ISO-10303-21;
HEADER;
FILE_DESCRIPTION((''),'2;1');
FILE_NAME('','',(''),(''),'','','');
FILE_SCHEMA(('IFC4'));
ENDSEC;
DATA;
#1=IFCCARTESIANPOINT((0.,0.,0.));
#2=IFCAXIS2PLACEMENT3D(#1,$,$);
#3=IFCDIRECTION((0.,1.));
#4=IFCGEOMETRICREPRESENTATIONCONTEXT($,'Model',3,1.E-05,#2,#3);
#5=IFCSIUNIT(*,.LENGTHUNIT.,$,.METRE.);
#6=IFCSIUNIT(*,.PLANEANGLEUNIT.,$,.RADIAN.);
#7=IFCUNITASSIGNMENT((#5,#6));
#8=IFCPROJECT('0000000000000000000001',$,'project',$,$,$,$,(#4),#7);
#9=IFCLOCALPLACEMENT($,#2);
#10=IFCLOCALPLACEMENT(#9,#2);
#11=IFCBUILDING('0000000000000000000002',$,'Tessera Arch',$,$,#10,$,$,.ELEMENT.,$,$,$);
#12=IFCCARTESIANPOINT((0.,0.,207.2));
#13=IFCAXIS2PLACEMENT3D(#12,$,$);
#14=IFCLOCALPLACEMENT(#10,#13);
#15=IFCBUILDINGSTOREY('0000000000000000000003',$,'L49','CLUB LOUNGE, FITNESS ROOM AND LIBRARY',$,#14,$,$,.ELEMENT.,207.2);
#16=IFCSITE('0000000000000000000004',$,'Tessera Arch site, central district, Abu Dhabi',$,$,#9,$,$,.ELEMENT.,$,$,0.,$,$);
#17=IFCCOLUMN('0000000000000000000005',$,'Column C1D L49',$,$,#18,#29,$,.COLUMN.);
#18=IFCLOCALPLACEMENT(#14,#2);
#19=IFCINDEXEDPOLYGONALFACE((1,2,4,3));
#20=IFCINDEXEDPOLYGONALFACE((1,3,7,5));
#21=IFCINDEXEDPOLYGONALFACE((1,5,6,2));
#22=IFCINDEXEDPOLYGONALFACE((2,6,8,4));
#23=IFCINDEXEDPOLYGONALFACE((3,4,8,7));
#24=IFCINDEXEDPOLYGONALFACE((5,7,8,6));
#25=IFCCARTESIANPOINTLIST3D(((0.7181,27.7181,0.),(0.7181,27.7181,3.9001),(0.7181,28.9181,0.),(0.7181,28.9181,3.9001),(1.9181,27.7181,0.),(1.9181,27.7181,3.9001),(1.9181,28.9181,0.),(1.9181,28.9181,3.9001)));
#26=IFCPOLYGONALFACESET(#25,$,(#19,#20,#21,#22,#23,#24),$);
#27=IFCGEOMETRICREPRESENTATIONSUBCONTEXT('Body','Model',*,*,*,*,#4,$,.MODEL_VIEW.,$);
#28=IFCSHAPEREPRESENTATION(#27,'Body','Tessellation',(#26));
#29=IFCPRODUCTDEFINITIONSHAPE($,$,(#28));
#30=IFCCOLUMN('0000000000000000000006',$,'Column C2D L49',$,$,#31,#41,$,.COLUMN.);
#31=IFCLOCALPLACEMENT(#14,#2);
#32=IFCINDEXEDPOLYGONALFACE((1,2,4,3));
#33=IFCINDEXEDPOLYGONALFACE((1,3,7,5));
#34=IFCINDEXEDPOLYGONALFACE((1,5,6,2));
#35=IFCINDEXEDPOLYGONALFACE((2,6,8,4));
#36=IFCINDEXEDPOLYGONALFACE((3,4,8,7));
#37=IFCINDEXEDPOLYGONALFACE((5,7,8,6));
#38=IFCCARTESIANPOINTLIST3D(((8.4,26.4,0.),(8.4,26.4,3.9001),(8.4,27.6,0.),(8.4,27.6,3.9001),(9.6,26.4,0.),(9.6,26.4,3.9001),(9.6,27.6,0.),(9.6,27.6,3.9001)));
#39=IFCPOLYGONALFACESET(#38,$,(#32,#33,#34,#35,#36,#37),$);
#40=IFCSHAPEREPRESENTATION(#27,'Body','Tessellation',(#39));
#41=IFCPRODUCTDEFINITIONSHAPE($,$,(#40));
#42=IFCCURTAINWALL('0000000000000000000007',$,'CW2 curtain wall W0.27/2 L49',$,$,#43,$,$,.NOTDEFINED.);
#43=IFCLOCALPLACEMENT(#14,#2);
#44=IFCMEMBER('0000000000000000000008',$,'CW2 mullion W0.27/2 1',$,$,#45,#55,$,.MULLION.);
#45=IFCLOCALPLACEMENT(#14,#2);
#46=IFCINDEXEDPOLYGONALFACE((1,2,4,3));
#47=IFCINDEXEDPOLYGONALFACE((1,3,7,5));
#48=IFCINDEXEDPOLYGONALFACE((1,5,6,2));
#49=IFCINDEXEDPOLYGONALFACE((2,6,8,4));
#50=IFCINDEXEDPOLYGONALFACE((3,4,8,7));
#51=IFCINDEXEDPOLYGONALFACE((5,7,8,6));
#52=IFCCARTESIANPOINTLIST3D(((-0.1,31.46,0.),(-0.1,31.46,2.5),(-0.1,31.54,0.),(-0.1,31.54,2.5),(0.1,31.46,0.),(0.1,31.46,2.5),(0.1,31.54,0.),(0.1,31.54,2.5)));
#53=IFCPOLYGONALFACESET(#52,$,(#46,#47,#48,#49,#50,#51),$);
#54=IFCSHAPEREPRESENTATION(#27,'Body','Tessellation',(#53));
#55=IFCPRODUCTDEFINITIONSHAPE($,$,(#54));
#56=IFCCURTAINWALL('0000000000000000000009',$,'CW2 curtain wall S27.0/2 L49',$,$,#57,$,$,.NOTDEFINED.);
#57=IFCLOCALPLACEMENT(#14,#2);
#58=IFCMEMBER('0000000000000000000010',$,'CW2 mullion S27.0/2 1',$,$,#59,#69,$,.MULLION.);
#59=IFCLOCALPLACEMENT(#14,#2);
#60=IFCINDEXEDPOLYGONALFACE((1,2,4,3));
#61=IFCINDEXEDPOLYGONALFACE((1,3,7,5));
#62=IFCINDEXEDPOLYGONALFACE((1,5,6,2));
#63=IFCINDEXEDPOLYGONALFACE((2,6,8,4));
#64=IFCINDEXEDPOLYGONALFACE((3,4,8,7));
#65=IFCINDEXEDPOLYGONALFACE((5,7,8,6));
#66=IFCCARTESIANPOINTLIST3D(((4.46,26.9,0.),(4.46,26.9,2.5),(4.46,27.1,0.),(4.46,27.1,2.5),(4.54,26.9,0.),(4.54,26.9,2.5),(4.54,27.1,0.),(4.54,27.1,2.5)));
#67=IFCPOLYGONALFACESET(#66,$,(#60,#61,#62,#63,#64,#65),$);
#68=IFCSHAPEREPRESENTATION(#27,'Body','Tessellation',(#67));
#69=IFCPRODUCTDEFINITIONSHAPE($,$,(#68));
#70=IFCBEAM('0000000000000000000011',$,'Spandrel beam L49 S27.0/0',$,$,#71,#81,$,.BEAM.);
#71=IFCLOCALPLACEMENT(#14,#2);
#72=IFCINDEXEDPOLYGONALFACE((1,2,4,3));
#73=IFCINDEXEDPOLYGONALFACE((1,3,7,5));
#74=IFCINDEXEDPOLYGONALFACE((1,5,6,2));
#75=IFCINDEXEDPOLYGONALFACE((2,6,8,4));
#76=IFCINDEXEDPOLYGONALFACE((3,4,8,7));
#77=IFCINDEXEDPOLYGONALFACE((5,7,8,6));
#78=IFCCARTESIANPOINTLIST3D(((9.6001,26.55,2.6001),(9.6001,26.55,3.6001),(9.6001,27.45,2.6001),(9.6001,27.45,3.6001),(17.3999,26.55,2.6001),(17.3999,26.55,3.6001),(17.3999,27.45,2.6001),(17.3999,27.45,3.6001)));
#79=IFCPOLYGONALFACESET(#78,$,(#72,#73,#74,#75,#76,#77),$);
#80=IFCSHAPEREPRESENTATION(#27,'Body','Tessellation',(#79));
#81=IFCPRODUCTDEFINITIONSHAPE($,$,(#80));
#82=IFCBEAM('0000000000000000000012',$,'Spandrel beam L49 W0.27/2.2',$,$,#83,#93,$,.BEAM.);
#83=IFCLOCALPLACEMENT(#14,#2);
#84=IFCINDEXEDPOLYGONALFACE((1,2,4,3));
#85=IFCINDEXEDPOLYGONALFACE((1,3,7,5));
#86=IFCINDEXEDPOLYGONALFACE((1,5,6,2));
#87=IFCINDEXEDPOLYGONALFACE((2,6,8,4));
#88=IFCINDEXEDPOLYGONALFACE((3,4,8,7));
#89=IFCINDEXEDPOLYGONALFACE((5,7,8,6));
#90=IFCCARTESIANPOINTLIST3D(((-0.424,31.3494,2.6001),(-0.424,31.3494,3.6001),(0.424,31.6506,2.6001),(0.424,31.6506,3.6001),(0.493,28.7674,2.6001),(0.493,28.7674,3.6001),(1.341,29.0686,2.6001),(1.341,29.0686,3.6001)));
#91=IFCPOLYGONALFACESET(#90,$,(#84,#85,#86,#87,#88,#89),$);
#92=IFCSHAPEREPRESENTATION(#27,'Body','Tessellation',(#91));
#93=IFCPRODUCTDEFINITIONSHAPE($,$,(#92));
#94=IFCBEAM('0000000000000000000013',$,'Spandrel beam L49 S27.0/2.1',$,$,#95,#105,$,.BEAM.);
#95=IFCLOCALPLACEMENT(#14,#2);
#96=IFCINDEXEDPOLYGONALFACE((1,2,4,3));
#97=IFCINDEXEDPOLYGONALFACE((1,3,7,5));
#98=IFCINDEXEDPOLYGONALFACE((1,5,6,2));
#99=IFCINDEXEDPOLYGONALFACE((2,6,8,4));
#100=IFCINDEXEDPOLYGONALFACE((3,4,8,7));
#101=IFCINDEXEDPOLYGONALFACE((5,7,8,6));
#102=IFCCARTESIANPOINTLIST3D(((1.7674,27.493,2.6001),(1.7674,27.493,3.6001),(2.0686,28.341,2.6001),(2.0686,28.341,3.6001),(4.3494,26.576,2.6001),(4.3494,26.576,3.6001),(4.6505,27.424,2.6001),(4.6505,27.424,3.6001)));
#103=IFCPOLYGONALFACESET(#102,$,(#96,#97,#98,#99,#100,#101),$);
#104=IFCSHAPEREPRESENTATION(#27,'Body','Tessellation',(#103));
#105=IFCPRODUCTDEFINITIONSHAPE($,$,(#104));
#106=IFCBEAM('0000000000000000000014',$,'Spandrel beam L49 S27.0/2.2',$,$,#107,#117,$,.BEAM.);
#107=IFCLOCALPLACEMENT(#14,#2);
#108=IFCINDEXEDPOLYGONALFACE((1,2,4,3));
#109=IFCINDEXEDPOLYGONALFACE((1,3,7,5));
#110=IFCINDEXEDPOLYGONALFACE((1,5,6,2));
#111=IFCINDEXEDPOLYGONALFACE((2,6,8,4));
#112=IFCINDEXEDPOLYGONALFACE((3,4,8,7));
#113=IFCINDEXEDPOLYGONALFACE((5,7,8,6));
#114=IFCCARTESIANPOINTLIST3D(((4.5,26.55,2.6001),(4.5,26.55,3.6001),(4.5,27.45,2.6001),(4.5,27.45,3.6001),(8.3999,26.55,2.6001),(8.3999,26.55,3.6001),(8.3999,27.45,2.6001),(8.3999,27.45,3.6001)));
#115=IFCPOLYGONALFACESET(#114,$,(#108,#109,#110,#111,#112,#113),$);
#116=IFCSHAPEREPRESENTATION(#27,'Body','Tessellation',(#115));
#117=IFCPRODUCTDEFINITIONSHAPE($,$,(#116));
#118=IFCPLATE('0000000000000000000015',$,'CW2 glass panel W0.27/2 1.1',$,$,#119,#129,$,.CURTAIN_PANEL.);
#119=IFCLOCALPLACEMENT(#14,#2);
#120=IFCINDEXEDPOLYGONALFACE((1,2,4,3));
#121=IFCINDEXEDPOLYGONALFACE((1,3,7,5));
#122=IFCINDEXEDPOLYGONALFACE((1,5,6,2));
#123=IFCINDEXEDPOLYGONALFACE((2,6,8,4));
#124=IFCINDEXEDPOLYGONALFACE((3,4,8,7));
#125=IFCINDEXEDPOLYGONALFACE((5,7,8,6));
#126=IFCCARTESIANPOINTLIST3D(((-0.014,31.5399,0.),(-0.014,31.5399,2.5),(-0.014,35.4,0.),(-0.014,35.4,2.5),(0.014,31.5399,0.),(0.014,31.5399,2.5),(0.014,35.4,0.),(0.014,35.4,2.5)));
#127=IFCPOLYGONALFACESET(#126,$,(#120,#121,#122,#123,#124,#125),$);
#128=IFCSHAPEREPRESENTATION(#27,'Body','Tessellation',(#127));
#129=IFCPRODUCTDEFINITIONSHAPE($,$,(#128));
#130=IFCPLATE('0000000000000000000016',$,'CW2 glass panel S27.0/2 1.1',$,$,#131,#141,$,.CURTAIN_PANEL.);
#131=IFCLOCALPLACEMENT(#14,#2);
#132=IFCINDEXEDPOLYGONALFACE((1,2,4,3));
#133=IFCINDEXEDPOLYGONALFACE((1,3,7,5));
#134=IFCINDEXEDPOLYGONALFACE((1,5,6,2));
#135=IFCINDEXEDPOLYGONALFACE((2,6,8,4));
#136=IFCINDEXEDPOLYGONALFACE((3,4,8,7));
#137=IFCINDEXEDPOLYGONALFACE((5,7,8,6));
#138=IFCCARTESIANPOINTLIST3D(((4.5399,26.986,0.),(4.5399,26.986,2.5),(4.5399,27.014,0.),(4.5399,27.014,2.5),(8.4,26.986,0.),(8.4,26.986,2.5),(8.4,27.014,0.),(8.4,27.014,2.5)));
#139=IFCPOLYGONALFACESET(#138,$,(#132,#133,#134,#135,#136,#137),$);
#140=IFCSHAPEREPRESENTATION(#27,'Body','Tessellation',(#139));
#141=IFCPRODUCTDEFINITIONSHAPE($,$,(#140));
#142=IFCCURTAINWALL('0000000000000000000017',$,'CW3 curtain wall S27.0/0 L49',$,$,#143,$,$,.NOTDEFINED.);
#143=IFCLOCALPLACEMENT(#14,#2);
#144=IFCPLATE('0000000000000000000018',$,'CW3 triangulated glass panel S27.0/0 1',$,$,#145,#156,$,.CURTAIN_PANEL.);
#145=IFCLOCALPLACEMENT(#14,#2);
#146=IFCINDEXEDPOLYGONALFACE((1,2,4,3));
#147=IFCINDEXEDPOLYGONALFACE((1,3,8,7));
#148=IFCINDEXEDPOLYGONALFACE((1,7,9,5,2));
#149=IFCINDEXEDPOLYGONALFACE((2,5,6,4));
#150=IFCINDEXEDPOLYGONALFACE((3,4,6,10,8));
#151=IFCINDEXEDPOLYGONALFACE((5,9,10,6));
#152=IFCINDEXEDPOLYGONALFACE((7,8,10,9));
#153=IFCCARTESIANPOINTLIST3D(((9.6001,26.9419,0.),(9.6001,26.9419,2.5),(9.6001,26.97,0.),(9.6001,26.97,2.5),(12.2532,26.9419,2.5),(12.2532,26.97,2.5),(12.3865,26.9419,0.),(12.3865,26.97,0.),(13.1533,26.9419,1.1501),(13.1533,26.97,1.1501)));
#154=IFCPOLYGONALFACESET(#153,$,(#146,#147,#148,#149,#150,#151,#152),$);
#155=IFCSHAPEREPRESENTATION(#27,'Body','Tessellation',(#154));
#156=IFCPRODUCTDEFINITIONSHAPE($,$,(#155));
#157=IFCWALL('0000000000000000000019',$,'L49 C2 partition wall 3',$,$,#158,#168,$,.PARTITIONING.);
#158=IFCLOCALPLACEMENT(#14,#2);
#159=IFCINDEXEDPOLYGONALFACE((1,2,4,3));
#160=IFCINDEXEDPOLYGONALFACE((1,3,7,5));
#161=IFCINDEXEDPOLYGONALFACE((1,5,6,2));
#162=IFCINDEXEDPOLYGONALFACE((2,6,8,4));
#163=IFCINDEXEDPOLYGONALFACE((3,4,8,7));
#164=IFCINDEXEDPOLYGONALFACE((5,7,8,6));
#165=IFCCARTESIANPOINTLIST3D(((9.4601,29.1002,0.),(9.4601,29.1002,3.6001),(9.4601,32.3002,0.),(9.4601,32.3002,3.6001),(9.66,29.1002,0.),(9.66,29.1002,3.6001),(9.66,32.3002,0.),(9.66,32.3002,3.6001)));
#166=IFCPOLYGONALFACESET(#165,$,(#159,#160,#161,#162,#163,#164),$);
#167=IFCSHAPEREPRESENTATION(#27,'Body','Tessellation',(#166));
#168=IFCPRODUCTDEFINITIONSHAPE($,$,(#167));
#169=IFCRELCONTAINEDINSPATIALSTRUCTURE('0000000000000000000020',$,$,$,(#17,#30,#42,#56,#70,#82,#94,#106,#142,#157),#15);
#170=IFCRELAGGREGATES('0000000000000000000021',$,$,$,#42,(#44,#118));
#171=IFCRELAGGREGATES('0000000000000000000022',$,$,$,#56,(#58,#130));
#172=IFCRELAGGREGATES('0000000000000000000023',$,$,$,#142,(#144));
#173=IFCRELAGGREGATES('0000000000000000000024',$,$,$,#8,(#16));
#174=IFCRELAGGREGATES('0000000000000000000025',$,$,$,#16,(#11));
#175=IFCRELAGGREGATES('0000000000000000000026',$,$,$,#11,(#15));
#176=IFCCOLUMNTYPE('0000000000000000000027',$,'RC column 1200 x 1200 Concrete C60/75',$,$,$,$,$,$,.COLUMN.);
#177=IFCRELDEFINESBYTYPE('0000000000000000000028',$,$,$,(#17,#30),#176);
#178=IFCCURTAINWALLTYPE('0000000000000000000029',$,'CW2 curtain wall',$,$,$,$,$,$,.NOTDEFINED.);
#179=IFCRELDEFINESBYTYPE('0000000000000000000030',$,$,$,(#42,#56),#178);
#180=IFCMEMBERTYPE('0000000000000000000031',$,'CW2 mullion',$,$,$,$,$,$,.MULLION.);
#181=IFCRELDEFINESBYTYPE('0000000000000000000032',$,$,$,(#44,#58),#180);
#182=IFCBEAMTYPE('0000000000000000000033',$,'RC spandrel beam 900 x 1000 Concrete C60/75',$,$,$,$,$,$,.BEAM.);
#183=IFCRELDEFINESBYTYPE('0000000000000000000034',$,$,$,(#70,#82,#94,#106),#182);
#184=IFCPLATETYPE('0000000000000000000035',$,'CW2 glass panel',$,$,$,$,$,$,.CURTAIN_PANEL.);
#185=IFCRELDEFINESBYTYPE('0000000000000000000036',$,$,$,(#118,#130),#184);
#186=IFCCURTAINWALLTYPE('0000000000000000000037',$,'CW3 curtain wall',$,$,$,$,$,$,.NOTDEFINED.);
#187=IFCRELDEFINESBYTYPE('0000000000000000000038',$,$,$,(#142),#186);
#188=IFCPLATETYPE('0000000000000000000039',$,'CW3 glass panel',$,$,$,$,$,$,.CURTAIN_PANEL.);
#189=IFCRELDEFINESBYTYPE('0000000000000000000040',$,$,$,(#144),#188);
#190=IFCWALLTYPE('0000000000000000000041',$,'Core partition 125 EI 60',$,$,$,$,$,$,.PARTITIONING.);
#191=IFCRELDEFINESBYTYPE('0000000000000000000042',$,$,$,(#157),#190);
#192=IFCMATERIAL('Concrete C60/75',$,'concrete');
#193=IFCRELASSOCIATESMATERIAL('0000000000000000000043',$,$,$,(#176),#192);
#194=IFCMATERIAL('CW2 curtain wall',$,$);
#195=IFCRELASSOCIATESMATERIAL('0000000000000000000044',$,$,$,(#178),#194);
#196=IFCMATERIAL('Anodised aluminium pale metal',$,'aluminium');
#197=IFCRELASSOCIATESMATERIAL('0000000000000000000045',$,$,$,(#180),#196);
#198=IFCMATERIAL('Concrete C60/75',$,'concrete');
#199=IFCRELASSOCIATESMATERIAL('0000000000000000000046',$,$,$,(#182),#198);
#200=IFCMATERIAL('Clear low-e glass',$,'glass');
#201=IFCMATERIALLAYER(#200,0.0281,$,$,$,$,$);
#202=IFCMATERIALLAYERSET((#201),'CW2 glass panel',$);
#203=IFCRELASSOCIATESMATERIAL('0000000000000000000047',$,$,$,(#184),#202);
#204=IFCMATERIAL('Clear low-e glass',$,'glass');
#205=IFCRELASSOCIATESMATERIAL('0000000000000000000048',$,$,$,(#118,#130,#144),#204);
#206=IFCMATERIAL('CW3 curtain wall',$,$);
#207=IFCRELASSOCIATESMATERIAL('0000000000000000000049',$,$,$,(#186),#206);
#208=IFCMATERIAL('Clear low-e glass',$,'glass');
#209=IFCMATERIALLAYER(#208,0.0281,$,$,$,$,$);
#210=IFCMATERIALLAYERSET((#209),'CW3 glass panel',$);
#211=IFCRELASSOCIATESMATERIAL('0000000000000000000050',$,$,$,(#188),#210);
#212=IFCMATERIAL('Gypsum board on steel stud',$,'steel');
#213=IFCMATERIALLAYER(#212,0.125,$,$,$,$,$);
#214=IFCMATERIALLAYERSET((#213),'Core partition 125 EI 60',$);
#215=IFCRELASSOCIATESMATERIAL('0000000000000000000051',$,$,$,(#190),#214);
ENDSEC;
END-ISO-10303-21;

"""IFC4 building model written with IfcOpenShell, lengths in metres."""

from ifc_helpers import new_model, si_unit, direction, frame, frame_2d, origin, origin_2d, place, context, subcontext, project, spatial, polyline, rectangle, outline, extrude, material, layer, layer_set, material_profile, profile_set, type_object, element, aggregate, save


model = new_model("IFC4")

# Units and contexts
model_context = context("Model", 3, precision=1e-05, world=origin(), true_north=direction((0.0, 1.0)))
body_context = subcontext(model_context, "Body", "Model", "MODEL_VIEW")
ifc_project = project(units=[si_unit("LENGTHUNIT", "METRE"), si_unit("PLANEANGLEUNIT", "RADIAN")], contexts=[model_context])

# Site, building, storey
site_placement = place(None, origin())
site = spatial("IfcSite", under=ifc_project, at=site_placement, Name="Tessera Arch site, central district, Abu Dhabi", CompositionType="ELEMENT", RefElevation=0.0)
building_placement = place(site_placement, origin())
building = spatial("IfcBuilding", under=site, at=building_placement, Name="Tessera Arch", CompositionType="ELEMENT")
storey_placement = place(building_placement, frame((0.0, 0.0, 207.2)))
storey = spatial("IfcBuildingStorey", under=building, at=storey_placement, Name="L49", Description="CLUB LOUNGE, FITNESS ROOM AND LIBRARY", CompositionType="ELEMENT", Elevation=207.2)

# Columns
ifc_material_1 = material(Name="Concrete C60/75", Category="concrete")
ifc_material_profile_1 = material_profile(ifc_material_1, rectangle(XDim=1.2, YDim=1.2, at=origin_2d()), Name="RC column 1200 x 1200 Concrete C60/75")
ifc_profile_set_1 = profile_set([ifc_material_profile_1], Name="Concrete C60/75")
column_type = type_object("IfcColumnType", Name="RC column 1200 x 1200 Concrete C60/75", PredefinedType="COLUMN", material=ifc_profile_set_1)
for number, where, z_axis, x_axis, name in (
    (1, (1.3181, 28.3181, 0.0), (0.0, 0.0, 1.0), (1.0, 0.0, 0.0), "Column C1D L49"),
    (2, (9.0, 27.0, 0.0), (0.0, 0.0, 1.0), (1.0, 0.0, 0.0), "Column C2D L49"),
):
    element("IfcColumn", number, at=place(storey_placement, frame(where, z_axis=z_axis, x_axis=x_axis)), inside=storey, type_object=column_type, Name=name, PredefinedType="COLUMN", context=body_context, shape_type="SweptSolid", body=[
        extrude(rectangle(XDim=1.2, YDim=1.2, at=origin_2d()), origin(), (0.0, 0.0, 1.0), 3.9001),
    ])

# Curtain walls, members
ifc_material_2 = material(Name="CW2 curtain wall")
curtain_wall_type_1 = type_object("IfcCurtainWallType", Name="CW2 curtain wall", PredefinedType="NOTDEFINED", material=ifc_material_2)
curtain_wall_1_placement = place(storey_placement, origin())
curtain_wall_1 = element("IfcCurtainWall", 3, at=curtain_wall_1_placement, inside=storey, type_object=curtain_wall_type_1, Name="CW2 curtain wall W0.27/2 L49", PredefinedType="NOTDEFINED")
ifc_material_3 = material(Name="Anodised aluminium pale metal", Category="aluminium")
ifc_material_profile_2 = material_profile(ifc_material_3, rectangle(XDim=0.2, YDim=0.0801, at=origin_2d()), Name="AL 80x200")
ifc_profile_set_2 = profile_set([ifc_material_profile_2], Name="Anodised aluminium pale metal")
member_type = type_object("IfcMemberType", Name="CW2 mullion", PredefinedType="MULLION", material=ifc_profile_set_2)
member_1_placement = place(storey_placement, frame((0.0, 31.5, 0.0), z_axis=(0.0, 0.0, 1.0), x_axis=(1.0, 0.0, 0.0)))
member_1 = element("IfcMember", 4, at=member_1_placement, type_object=member_type, Name="CW2 mullion W0.27/2 1", PredefinedType="MULLION", context=body_context, shape_type="SweptSolid", body=[
    extrude(rectangle(XDim=0.2, YDim=0.0801, at=origin_2d()), origin(), (0.0, 0.0, 1.0), 2.5),
])
curtain_wall_2_placement = place(storey_placement, origin())
curtain_wall_2 = element("IfcCurtainWall", 5, at=curtain_wall_2_placement, inside=storey, type_object=curtain_wall_type_1, Name="CW2 curtain wall S27.0/2 L49", PredefinedType="NOTDEFINED")
member_2_placement = place(storey_placement, frame((4.5, 27.0, 0.0), z_axis=(0.0, 0.0, 1.0), x_axis=(0.0, 1.0, 0.0)))
member_2 = element("IfcMember", 6, at=member_2_placement, type_object=member_type, Name="CW2 mullion S27.0/2 1", PredefinedType="MULLION", context=body_context, shape_type="SweptSolid", body=[
    extrude(rectangle(XDim=0.2, YDim=0.0801, at=origin_2d()), origin(), (0.0, 0.0, 1.0), 2.5),
])

# Beams
ifc_material_4 = material(Name="Concrete C60/75", Category="concrete")
ifc_material_profile_3 = material_profile(ifc_material_4, rectangle(XDim=0.8999, YDim=1.0, at=origin_2d()), Name="RC spandrel beam 900 x 1000 Concrete C60/75")
ifc_profile_set_3 = profile_set([ifc_material_profile_3], Name="Concrete C60/75")
beam_type = type_object("IfcBeamType", Name="RC spandrel beam 900 x 1000 Concrete C60/75", PredefinedType="BEAM", material=ifc_profile_set_3)
beam_1_placement = place(storey_placement, frame((9.6001, 27.0, 3.1001), z_axis=(1.0, 0.0, 0.0), x_axis=(0.0, 1.0, 0.0)))
element("IfcBeam", 7, at=beam_1_placement, inside=storey, type_object=beam_type, Name="Spandrel beam L49 S27.0/0", PredefinedType="BEAM", context=body_context, shape_type="SweptSolid", body=[
    extrude(rectangle(XDim=0.8999, YDim=1.0, at=origin_2d()), origin(), (0.0, 0.0, 1.0), 7.7998),
])
for number, where, z_axis, x_axis, name in (
    (8, (0.0, 31.5, 3.1001), (0.334665, -0.942337, 0.0), (0.942337, 0.334665, 0.0), "Spandrel beam L49 W0.27/2.2"),
    (9, (1.918, 27.917, 3.1001), (0.942337, -0.334665, 0.0), (0.334665, 0.942337, 0.0), "Spandrel beam L49 S27.0/2.1"),
):
    element("IfcBeam", number, at=place(storey_placement, frame(where, z_axis=z_axis, x_axis=x_axis)), inside=storey, type_object=beam_type, Name=name, PredefinedType="BEAM", context=body_context, shape_type="SweptSolid", body=[
        extrude(rectangle(XDim=0.8999, YDim=1.0, at=origin_2d()), origin(), (0.0, 0.0, 1.0), 2.74),
    ])
beam_2_placement = place(storey_placement, frame((4.5, 27.0, 3.1001), z_axis=(1.0, 0.0, 0.0), x_axis=(0.0, 1.0, 0.0)))
element("IfcBeam", 10, at=beam_2_placement, inside=storey, type_object=beam_type, Name="Spandrel beam L49 S27.0/2.2", PredefinedType="BEAM", context=body_context, shape_type="SweptSolid", body=[
    extrude(rectangle(XDim=0.8999, YDim=1.0, at=origin_2d()), origin(), (0.0, 0.0, 1.0), 3.8999),
])

# Plates
ifc_material_5 = material(Name="Clear low-e glass", Category="glass")
ifc_material_6 = material(Name="Clear low-e glass", Category="glass")
ifc_layer_1 = layer(ifc_material_6, 0.0281)
ifc_layer_set_1 = layer_set([ifc_layer_1], Name="CW2 glass panel")
plate_type_1 = type_object("IfcPlateType", Name="CW2 glass panel", PredefinedType="CURTAIN_PANEL", material=ifc_layer_set_1)
plate_1_placement = place(storey_placement, frame((0.0, 33.47, 0.0), z_axis=(0.0, 0.0, 1.0), x_axis=(0.0, -1.0, 0.0)))
plate_1 = element("IfcPlate", 11, at=plate_1_placement, type_object=plate_type_1, material=ifc_material_5, Name="CW2 glass panel W0.27/2 1.1", PredefinedType="CURTAIN_PANEL", context=body_context, shape_type="SweptSolid", body=[
    extrude(rectangle(XDim=3.8601, YDim=0.0281, at=origin_2d()), origin(), (0.0, 0.0, 1.0), 2.5),
])
aggregate(curtain_wall_1, [member_1, plate_1])
plate_2_placement = place(storey_placement, frame((6.47, 27.0, 0.0), z_axis=(0.0, 0.0, 1.0), x_axis=(1.0, 0.0, 0.0)))
plate_2 = element("IfcPlate", 12, at=plate_2_placement, type_object=plate_type_1, material=ifc_material_5, Name="CW2 glass panel S27.0/2 1.1", PredefinedType="CURTAIN_PANEL", context=body_context, shape_type="SweptSolid", body=[
    extrude(rectangle(XDim=3.8601, YDim=0.0281, at=origin_2d()), origin(), (0.0, 0.0, 1.0), 2.5),
])
aggregate(curtain_wall_2, [member_2, plate_2])

# Curtain wall, plate
ifc_material_7 = material(Name="CW3 curtain wall")
curtain_wall_type_2 = type_object("IfcCurtainWallType", Name="CW3 curtain wall", PredefinedType="NOTDEFINED", material=ifc_material_7)
curtain_wall_3_placement = place(storey_placement, origin())
curtain_wall_3 = element("IfcCurtainWall", 13, at=curtain_wall_3_placement, inside=storey, type_object=curtain_wall_type_2, Name="CW3 curtain wall S27.0/0 L49", PredefinedType="NOTDEFINED")
ifc_material_8 = material(Name="Clear low-e glass", Category="glass")
ifc_layer_2 = layer(ifc_material_8, 0.0281)
ifc_layer_set_2 = layer_set([ifc_layer_2], Name="CW3 glass panel")
plate_type_2 = type_object("IfcPlateType", Name="CW3 glass panel", PredefinedType="CURTAIN_PANEL", material=ifc_layer_set_2)
plate_3_placement = place(storey_placement, frame((9.6001, 26.9419, 0.0), z_axis=(0.0, -1.0, 0.0), x_axis=(1.0, 0.0, 0.0)))
plate_3 = element("IfcPlate", 14, at=plate_3_placement, type_object=plate_type_2, material=ifc_material_5, Name="CW3 triangulated glass panel S27.0/0 1", PredefinedType="CURTAIN_PANEL", context=body_context, shape_type="SweptSolid", body=[
    extrude(outline(polyline([(0.0, 0.0), (2.7864, 0.0), (3.5532, 1.1501), (2.6531, 2.5), (0.0, 2.5), (0.0, 0.0)])), origin(), (0.0, 0.0, -1.0), 0.0281),
])
aggregate(curtain_wall_3, [plate_3])

# Wall
ifc_material_9 = material(Name="Gypsum board on steel stud", Category="steel")
ifc_layer_3 = layer(ifc_material_9, 0.125)
ifc_layer_set_3 = layer_set([ifc_layer_3], Name="Core partition 125 EI 60")
wall_type_1 = type_object("IfcWallType", Name="Core partition 125 EI 60", PredefinedType="PARTITIONING", material=ifc_layer_set_3)
wall_1_placement = place(storey_placement, frame((9.5601, 29.1001, 0.0), z_axis=(0.0, 0.0, 1.0), x_axis=(0.0, 1.0, 0.0)))
element("IfcWall", 15, at=wall_1_placement, inside=storey, type_object=wall_type_1, Name="L49 C2 partition wall 3", PredefinedType="PARTITIONING", context=body_context, shape_type="SweptSolid", body=[
    extrude(rectangle(XDim=3.2, YDim=0.2, at=frame_2d((1.6001, 0.0))), origin(), (0.0, 0.0, 1.0), 3.6001),
])

save(model, "model.ifc")
